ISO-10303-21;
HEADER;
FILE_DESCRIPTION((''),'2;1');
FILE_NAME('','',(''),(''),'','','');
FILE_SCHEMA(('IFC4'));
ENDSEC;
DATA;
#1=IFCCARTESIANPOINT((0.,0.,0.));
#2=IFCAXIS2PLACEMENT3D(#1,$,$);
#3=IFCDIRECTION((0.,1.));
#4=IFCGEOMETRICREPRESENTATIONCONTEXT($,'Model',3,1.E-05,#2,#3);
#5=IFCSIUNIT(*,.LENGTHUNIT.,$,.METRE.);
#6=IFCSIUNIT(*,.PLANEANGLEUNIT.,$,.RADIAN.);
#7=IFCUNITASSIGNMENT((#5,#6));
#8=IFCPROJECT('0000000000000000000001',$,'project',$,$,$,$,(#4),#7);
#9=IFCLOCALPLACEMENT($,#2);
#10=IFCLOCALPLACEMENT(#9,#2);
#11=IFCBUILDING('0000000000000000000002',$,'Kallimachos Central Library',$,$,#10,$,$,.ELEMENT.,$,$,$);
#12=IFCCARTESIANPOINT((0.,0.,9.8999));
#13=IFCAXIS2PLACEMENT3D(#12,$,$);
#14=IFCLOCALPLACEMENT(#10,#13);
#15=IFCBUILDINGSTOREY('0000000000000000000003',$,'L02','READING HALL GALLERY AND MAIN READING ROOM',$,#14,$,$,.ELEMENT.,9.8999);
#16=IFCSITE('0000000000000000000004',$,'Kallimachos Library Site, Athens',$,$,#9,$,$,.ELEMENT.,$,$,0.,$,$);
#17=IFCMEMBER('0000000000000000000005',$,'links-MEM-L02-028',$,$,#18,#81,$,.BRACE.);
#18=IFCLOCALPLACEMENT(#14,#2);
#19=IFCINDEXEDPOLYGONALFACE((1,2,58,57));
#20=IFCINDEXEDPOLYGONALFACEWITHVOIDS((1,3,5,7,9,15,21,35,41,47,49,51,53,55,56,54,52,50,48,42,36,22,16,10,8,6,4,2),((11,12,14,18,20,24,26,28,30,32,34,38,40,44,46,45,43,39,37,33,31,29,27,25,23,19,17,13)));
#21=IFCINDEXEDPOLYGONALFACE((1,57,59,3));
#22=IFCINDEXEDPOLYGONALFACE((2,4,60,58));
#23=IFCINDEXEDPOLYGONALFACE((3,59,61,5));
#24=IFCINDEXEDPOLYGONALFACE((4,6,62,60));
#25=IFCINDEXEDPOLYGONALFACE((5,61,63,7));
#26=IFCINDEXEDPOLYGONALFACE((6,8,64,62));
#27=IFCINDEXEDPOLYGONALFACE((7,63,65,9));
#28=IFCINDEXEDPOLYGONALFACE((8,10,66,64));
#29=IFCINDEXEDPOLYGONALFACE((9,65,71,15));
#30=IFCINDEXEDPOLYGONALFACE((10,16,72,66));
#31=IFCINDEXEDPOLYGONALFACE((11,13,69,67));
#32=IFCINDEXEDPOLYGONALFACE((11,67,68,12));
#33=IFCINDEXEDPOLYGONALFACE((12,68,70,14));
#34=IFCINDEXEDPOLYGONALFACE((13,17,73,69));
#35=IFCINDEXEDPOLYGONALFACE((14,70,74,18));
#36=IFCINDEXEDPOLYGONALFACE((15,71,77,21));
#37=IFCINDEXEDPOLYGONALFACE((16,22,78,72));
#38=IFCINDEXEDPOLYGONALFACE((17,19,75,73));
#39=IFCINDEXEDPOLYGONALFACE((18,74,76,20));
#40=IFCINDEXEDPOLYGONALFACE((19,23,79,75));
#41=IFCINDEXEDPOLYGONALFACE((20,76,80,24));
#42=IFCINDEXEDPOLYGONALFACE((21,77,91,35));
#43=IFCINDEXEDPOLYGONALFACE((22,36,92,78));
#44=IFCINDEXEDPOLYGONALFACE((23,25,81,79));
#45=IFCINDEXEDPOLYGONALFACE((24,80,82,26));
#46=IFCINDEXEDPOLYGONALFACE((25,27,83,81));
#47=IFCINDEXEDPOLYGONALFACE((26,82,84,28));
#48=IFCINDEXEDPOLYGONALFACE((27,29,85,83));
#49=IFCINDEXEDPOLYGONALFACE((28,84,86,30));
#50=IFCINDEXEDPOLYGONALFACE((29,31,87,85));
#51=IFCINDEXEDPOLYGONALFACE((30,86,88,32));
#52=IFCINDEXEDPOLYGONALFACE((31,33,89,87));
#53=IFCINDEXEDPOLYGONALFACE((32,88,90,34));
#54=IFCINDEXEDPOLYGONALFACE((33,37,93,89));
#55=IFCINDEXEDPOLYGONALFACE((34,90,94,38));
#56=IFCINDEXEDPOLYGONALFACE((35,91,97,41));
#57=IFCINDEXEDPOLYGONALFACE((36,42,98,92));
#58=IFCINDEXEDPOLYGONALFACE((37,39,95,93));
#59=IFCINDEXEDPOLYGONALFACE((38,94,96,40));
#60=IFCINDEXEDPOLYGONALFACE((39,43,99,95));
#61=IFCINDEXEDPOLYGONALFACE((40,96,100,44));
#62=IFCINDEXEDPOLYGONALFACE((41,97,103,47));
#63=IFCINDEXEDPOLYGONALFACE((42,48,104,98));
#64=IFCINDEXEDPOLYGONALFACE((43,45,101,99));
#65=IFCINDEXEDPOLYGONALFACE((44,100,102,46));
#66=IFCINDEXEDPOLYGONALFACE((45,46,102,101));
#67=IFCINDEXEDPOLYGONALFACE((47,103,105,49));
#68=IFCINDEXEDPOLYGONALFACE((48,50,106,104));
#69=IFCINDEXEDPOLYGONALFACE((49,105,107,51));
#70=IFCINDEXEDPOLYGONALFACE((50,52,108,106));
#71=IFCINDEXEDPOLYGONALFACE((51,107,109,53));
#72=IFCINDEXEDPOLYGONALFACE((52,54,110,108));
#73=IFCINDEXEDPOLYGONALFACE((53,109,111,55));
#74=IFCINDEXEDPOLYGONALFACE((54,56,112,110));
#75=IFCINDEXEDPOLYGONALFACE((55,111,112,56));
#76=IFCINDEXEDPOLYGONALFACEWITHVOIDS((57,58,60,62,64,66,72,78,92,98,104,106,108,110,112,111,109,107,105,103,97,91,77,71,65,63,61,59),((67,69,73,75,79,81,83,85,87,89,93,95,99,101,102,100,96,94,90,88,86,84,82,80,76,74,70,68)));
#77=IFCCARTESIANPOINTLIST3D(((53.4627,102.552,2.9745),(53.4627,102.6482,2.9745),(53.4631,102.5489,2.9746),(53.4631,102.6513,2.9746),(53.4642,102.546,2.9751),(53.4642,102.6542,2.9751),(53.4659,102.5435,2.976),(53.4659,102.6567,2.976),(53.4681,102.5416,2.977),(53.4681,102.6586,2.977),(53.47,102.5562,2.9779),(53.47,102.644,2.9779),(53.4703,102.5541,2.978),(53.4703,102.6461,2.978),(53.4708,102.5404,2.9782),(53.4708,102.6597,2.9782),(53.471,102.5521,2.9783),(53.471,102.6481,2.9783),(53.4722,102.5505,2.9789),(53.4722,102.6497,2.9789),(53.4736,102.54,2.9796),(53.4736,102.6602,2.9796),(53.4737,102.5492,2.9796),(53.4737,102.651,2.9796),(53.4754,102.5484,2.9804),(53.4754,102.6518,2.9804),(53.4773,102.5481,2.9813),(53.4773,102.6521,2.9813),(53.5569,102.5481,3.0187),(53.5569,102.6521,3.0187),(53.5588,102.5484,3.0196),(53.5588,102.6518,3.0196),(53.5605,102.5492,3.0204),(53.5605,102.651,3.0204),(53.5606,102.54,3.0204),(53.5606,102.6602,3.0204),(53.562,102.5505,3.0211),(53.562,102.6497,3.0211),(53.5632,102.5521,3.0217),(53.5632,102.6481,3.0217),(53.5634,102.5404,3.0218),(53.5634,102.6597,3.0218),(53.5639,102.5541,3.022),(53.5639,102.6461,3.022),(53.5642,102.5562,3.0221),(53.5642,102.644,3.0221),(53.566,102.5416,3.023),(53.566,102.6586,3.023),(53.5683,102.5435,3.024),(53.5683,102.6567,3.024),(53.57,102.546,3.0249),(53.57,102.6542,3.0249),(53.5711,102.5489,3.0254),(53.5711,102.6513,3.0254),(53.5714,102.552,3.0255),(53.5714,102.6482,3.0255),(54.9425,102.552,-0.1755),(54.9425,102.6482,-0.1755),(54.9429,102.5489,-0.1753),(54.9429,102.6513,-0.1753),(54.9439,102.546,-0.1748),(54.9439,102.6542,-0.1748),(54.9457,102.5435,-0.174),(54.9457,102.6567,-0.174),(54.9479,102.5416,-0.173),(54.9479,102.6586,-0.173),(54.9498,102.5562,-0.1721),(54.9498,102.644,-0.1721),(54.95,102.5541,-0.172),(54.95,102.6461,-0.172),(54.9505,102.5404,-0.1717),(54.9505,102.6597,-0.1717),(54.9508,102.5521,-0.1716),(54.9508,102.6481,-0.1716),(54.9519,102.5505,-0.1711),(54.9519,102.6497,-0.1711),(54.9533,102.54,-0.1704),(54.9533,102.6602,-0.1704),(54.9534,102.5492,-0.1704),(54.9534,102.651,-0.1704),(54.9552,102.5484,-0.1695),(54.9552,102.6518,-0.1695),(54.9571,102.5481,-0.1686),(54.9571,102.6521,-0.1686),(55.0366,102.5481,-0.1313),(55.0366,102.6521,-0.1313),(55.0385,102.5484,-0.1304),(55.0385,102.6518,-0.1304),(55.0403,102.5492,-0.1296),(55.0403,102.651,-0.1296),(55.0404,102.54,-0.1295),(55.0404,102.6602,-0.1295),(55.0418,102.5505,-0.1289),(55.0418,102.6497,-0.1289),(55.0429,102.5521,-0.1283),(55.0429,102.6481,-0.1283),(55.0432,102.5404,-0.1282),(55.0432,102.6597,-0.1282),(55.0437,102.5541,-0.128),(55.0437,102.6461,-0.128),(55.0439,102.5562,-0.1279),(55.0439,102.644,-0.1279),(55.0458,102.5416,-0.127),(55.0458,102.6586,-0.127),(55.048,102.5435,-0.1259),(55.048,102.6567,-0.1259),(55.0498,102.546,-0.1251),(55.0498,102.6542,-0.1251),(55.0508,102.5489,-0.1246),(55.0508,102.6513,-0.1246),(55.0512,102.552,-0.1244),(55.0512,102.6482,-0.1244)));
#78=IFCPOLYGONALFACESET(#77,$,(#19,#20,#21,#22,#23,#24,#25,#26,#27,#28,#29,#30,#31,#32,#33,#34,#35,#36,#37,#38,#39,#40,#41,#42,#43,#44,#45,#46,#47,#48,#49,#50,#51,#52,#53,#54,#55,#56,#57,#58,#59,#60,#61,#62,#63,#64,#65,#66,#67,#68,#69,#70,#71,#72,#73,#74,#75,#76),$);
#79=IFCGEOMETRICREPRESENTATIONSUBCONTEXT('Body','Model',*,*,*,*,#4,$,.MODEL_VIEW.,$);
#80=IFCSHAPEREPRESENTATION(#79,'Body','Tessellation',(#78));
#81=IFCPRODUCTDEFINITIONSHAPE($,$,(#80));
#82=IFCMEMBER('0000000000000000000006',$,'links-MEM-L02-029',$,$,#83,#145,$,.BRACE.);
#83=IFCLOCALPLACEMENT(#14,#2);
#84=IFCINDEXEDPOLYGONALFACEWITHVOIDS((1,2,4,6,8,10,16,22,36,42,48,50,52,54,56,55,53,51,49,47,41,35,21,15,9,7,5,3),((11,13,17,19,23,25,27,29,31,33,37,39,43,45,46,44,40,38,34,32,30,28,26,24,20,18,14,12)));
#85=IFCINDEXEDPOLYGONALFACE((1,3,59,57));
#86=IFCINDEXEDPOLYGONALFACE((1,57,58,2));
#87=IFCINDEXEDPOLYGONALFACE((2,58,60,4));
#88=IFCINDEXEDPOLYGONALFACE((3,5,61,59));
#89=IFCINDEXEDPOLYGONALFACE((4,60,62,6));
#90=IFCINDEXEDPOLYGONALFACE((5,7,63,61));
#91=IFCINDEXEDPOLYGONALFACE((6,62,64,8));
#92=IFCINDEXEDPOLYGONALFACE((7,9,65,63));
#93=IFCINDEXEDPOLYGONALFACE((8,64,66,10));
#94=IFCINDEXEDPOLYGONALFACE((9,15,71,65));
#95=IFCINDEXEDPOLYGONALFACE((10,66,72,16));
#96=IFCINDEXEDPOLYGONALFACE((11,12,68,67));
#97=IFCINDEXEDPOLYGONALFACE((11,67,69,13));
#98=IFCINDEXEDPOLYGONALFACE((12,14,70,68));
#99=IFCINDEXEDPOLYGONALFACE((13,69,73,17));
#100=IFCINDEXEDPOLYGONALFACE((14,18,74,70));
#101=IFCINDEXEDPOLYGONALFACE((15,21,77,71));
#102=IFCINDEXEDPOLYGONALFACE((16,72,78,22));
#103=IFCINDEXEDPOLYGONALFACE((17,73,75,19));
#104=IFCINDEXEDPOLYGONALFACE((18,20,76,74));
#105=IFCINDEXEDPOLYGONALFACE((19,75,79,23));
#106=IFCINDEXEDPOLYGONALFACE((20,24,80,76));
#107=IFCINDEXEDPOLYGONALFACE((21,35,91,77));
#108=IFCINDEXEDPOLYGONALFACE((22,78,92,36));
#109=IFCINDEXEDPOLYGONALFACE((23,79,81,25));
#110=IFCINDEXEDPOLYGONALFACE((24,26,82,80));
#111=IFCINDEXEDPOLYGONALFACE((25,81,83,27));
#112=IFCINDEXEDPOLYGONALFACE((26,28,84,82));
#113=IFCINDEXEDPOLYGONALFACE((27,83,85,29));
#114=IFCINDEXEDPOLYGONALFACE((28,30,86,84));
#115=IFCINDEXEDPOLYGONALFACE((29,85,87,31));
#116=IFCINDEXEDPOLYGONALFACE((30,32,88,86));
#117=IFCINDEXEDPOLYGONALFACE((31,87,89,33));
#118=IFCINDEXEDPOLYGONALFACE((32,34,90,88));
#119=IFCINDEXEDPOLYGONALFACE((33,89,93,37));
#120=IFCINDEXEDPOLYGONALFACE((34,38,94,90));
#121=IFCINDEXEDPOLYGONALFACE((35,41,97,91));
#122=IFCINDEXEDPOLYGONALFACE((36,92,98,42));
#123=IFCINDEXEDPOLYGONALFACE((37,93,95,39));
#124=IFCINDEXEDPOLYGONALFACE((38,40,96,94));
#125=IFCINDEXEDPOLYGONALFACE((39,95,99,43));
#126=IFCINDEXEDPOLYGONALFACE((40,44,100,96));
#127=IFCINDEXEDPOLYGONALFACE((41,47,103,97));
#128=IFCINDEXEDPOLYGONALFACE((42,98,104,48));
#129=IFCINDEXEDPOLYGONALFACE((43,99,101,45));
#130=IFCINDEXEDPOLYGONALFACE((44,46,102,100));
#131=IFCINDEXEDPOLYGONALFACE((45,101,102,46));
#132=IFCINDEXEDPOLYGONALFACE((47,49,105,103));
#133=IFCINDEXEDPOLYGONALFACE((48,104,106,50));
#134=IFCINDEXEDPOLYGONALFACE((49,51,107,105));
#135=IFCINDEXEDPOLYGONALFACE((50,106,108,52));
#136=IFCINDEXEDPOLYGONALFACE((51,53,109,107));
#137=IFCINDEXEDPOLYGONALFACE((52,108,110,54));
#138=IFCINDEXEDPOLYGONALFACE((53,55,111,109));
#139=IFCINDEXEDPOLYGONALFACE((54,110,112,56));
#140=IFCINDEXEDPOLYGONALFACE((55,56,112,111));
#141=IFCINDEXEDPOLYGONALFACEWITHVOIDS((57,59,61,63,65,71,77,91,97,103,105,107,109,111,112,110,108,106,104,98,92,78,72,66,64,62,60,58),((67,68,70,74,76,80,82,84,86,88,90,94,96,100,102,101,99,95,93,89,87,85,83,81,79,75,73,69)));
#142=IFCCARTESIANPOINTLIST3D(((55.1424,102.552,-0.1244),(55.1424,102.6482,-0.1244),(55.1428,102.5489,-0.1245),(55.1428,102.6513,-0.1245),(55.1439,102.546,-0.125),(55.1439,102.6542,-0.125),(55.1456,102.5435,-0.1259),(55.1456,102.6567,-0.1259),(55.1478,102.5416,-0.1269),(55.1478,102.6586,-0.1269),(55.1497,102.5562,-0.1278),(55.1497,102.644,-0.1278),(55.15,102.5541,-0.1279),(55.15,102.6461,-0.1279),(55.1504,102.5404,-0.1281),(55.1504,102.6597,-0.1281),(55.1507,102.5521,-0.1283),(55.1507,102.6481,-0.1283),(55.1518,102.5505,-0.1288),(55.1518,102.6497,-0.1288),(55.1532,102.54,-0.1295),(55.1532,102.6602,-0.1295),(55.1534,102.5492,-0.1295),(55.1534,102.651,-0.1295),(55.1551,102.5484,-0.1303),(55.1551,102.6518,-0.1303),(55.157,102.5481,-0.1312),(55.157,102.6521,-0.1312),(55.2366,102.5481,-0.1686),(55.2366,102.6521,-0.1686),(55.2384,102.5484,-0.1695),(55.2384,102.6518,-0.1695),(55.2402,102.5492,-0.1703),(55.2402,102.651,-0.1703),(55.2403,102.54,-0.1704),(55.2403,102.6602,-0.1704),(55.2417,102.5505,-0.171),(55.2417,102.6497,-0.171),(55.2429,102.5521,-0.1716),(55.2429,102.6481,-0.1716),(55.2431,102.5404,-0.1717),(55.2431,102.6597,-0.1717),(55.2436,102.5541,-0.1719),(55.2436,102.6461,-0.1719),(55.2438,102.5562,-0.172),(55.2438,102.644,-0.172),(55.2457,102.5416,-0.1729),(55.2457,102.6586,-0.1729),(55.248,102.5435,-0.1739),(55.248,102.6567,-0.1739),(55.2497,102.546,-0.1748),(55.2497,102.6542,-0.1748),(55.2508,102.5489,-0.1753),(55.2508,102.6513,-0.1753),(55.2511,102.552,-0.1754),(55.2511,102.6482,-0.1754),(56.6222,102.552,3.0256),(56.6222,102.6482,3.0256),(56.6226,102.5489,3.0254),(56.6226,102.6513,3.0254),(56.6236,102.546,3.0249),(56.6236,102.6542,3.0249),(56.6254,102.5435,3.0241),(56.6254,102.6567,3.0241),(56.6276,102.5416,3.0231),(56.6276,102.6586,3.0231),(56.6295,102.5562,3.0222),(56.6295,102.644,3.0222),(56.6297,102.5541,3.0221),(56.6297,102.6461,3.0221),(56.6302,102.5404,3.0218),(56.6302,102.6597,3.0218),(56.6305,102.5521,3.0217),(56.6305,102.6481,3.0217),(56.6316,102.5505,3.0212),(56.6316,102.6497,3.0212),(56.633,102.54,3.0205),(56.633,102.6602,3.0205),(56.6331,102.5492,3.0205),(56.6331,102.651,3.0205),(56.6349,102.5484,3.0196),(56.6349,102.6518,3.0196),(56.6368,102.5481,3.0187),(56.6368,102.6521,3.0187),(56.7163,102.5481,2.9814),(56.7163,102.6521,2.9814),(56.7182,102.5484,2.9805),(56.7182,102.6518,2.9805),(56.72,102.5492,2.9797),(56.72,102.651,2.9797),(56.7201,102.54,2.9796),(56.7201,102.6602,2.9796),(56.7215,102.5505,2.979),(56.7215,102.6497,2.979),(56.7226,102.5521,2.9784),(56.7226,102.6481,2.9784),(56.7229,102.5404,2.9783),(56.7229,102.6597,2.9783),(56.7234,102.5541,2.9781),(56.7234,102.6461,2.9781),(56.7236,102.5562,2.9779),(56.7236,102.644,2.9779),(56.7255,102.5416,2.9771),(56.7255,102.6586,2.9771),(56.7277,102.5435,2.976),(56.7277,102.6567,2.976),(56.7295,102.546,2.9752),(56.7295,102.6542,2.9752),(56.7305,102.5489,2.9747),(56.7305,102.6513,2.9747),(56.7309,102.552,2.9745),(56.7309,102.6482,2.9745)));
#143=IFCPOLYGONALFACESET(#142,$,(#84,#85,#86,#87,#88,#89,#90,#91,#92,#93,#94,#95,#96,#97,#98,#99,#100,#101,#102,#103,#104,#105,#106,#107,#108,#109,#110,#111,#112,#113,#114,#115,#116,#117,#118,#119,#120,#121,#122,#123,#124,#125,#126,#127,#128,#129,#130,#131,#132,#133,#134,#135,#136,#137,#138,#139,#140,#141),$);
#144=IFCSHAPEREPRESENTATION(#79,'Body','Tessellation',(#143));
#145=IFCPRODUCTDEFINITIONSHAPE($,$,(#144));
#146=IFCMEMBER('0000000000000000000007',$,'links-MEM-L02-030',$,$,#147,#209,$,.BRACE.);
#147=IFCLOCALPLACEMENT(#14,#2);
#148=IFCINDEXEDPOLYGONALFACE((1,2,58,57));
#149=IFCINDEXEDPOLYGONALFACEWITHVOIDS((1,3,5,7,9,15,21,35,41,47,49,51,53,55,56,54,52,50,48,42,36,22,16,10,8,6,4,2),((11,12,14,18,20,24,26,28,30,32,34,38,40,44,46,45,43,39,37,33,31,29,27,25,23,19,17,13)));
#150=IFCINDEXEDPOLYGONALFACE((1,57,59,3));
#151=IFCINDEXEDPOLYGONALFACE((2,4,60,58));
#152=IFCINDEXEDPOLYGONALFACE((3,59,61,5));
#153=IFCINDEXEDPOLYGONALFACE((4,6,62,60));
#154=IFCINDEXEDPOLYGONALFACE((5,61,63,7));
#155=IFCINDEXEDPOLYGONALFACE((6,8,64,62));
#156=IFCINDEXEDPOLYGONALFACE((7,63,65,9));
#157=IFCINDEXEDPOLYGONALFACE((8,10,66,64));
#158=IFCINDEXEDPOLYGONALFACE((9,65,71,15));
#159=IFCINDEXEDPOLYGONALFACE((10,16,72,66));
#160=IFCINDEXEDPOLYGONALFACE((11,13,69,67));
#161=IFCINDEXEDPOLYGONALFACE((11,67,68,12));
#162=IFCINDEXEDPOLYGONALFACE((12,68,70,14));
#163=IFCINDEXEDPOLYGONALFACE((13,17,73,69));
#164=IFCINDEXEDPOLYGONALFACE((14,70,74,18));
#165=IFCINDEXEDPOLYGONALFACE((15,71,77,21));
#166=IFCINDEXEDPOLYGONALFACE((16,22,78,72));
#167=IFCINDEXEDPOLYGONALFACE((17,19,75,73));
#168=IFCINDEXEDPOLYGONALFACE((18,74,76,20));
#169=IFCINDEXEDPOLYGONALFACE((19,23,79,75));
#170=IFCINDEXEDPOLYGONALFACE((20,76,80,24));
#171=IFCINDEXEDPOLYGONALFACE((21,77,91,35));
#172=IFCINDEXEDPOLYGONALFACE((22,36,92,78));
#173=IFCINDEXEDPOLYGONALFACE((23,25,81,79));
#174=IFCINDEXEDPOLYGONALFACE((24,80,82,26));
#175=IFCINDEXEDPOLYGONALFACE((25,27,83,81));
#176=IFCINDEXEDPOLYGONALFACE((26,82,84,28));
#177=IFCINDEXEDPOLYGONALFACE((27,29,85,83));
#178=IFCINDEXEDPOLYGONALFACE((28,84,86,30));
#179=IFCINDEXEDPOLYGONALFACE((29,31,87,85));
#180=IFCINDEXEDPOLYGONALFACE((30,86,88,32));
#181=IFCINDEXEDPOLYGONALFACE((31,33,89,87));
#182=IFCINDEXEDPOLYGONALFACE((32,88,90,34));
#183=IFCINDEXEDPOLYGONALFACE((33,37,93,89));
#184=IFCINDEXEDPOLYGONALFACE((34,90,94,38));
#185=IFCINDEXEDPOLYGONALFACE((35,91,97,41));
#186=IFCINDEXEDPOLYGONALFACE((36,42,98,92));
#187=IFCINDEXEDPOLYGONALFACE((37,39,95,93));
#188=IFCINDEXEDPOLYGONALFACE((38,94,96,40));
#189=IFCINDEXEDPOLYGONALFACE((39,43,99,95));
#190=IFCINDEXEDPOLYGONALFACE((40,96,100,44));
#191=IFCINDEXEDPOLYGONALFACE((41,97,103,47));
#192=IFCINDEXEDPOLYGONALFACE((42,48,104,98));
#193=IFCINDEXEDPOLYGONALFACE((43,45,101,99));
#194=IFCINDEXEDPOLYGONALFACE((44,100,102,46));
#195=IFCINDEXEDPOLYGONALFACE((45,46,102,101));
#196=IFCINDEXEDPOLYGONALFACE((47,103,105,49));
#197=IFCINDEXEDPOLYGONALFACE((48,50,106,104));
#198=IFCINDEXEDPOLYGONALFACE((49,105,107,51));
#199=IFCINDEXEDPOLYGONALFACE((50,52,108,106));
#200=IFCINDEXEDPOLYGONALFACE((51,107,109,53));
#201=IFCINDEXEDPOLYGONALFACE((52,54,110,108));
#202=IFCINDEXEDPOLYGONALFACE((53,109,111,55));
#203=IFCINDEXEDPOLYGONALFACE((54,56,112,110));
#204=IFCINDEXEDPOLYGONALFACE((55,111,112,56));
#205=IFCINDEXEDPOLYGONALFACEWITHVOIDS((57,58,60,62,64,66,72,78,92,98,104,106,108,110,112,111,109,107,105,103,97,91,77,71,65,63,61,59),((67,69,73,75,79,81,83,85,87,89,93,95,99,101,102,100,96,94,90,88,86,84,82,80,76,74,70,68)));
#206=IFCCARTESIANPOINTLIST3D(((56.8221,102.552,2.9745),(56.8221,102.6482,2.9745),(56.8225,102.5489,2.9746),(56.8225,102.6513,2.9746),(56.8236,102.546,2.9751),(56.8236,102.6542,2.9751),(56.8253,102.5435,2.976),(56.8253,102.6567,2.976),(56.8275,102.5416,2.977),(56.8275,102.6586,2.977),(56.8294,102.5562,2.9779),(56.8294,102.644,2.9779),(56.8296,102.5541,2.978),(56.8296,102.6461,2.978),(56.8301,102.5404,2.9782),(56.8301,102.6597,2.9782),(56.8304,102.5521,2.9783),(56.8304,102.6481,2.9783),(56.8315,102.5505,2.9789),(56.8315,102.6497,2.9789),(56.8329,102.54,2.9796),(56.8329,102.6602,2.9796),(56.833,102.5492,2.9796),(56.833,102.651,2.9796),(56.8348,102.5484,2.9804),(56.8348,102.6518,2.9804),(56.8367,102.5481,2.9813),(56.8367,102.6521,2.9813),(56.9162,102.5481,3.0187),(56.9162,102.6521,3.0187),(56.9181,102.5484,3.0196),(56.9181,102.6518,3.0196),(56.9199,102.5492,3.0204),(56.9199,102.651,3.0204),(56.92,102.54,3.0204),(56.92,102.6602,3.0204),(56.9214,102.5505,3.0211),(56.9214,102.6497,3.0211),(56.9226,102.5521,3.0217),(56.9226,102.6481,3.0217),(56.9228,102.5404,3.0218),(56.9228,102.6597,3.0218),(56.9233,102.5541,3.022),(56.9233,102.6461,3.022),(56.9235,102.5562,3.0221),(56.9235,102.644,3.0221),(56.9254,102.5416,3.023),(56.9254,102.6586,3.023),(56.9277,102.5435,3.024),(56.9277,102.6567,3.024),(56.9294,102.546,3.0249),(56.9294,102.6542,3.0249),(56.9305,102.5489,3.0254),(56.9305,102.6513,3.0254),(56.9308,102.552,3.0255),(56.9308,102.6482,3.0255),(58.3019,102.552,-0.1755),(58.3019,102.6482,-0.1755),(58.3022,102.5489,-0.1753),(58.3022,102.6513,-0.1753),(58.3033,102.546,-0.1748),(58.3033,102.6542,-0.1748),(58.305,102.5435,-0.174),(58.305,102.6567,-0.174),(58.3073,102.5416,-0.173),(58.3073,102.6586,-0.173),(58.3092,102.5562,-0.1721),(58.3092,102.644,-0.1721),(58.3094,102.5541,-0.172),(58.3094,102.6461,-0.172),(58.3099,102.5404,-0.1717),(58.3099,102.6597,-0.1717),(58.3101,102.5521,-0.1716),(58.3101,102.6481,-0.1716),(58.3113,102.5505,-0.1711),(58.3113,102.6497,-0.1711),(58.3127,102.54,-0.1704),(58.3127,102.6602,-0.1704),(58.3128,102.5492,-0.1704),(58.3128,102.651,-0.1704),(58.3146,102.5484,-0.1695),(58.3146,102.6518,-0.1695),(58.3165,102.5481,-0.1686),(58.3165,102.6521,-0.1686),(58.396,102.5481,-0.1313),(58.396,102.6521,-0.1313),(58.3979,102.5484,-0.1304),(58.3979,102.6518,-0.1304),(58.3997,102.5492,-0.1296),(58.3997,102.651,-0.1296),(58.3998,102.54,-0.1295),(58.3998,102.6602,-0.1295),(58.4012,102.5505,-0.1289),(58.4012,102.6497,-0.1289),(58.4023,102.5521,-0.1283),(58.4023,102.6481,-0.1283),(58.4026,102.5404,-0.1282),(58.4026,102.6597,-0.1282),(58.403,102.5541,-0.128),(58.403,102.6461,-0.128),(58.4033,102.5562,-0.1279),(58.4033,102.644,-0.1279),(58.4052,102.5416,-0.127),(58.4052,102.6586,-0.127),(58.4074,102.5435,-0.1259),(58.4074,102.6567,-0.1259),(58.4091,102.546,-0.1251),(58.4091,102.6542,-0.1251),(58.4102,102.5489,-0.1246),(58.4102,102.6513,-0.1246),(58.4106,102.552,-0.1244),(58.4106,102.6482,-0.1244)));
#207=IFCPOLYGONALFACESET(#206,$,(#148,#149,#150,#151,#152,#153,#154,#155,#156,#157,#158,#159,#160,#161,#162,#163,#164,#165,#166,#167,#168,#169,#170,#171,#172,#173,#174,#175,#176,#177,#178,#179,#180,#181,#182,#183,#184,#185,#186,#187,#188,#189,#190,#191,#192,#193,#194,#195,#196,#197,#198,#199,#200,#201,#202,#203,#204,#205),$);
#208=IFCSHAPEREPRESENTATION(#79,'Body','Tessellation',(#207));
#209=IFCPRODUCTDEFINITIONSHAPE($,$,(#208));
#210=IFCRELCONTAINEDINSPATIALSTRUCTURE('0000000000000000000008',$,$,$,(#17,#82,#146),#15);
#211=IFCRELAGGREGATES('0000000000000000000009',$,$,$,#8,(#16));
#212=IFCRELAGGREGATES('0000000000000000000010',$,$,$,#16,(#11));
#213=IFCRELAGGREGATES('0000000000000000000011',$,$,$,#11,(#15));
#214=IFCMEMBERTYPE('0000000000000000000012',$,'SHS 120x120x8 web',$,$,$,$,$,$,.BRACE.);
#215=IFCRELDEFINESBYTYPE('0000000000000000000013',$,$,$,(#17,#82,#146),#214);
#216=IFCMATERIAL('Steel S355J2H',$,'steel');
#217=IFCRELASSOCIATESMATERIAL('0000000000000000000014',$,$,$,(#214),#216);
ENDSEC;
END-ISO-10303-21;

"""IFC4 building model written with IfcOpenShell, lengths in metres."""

from ifc_helpers import new_model, si_unit, direction, frame, origin, origin_2d, place, context, subcontext, project, spatial, hollow_rectangle, extrude, material, material_profile, profile_set, type_object, element, save


model = new_model("IFC4")

# Units and contexts
model_context = context("Model", 3, precision=1e-05, world=origin(), true_north=direction((0.0, 1.0)))
body_context = subcontext(model_context, "Body", "Model", "MODEL_VIEW")
ifc_project = project(units=[si_unit("LENGTHUNIT", "METRE"), si_unit("PLANEANGLEUNIT", "RADIAN")], contexts=[model_context])

# Site, building, storey
site_placement = place(None, origin())
site = spatial("IfcSite", under=ifc_project, at=site_placement, Name="Kallimachos Library Site, Athens", CompositionType="ELEMENT", RefElevation=0.0)
building_placement = place(site_placement, origin())
building = spatial("IfcBuilding", under=site, at=building_placement, Name="Kallimachos Central Library", CompositionType="ELEMENT")
storey_placement = place(building_placement, frame((0.0, 0.0, 9.8999)))
storey = spatial("IfcBuildingStorey", under=building, at=storey_placement, Name="L02", Description="READING HALL GALLERY AND MAIN READING ROOM", CompositionType="ELEMENT", Elevation=9.8999)

# Members
ifc_material_1 = material(Name="Steel S355J2H", Category="steel")
ifc_material_profile_1 = material_profile(ifc_material_1, hollow_rectangle(XDim=0.1201, YDim=0.1201, WallThickness=0.0081, InnerFilletRadius=0.0081, OuterFilletRadius=0.012, at=origin_2d()), Name="SHS 120x120x8")
ifc_profile_set_1 = profile_set([ifc_material_profile_1], Name="Steel S355J2H")
member_type_1 = type_object("IfcMemberType", Name="SHS 120x120x8 web", PredefinedType="BRACE", material=ifc_profile_set_1)
for number, where, z_axis, x_axis, name in (
    (1, (53.5171, 102.6001, 3.0), (0.425192, 0.0, -0.905103), (0.0, 1.0, 0.0), "links-MEM-L02-028"),
    (2, (55.1968, 102.6001, -0.1499), (0.425192, 0.0, 0.905103), (0.0, 1.0, 0.0), "links-MEM-L02-029"),
    (3, (56.8765, 102.6001, 3.0), (0.425192, 0.0, -0.905103), (0.0, 1.0, 0.0), "links-MEM-L02-030"),
):
    element("IfcMember", number, at=place(storey_placement, frame(where, z_axis=z_axis, x_axis=x_axis)), inside=storey, type_object=member_type_1, Name=name, PredefinedType="BRACE", context=body_context, shape_type="SweptSolid", body=[
        extrude(hollow_rectangle(XDim=0.1201, YDim=0.1201, WallThickness=0.0081, InnerFilletRadius=0.0081, OuterFilletRadius=0.012, at=origin_2d()), origin(), (0.0, 0.0, 1.0), 3.4802),
    ])

save(model, "model.ifc")
